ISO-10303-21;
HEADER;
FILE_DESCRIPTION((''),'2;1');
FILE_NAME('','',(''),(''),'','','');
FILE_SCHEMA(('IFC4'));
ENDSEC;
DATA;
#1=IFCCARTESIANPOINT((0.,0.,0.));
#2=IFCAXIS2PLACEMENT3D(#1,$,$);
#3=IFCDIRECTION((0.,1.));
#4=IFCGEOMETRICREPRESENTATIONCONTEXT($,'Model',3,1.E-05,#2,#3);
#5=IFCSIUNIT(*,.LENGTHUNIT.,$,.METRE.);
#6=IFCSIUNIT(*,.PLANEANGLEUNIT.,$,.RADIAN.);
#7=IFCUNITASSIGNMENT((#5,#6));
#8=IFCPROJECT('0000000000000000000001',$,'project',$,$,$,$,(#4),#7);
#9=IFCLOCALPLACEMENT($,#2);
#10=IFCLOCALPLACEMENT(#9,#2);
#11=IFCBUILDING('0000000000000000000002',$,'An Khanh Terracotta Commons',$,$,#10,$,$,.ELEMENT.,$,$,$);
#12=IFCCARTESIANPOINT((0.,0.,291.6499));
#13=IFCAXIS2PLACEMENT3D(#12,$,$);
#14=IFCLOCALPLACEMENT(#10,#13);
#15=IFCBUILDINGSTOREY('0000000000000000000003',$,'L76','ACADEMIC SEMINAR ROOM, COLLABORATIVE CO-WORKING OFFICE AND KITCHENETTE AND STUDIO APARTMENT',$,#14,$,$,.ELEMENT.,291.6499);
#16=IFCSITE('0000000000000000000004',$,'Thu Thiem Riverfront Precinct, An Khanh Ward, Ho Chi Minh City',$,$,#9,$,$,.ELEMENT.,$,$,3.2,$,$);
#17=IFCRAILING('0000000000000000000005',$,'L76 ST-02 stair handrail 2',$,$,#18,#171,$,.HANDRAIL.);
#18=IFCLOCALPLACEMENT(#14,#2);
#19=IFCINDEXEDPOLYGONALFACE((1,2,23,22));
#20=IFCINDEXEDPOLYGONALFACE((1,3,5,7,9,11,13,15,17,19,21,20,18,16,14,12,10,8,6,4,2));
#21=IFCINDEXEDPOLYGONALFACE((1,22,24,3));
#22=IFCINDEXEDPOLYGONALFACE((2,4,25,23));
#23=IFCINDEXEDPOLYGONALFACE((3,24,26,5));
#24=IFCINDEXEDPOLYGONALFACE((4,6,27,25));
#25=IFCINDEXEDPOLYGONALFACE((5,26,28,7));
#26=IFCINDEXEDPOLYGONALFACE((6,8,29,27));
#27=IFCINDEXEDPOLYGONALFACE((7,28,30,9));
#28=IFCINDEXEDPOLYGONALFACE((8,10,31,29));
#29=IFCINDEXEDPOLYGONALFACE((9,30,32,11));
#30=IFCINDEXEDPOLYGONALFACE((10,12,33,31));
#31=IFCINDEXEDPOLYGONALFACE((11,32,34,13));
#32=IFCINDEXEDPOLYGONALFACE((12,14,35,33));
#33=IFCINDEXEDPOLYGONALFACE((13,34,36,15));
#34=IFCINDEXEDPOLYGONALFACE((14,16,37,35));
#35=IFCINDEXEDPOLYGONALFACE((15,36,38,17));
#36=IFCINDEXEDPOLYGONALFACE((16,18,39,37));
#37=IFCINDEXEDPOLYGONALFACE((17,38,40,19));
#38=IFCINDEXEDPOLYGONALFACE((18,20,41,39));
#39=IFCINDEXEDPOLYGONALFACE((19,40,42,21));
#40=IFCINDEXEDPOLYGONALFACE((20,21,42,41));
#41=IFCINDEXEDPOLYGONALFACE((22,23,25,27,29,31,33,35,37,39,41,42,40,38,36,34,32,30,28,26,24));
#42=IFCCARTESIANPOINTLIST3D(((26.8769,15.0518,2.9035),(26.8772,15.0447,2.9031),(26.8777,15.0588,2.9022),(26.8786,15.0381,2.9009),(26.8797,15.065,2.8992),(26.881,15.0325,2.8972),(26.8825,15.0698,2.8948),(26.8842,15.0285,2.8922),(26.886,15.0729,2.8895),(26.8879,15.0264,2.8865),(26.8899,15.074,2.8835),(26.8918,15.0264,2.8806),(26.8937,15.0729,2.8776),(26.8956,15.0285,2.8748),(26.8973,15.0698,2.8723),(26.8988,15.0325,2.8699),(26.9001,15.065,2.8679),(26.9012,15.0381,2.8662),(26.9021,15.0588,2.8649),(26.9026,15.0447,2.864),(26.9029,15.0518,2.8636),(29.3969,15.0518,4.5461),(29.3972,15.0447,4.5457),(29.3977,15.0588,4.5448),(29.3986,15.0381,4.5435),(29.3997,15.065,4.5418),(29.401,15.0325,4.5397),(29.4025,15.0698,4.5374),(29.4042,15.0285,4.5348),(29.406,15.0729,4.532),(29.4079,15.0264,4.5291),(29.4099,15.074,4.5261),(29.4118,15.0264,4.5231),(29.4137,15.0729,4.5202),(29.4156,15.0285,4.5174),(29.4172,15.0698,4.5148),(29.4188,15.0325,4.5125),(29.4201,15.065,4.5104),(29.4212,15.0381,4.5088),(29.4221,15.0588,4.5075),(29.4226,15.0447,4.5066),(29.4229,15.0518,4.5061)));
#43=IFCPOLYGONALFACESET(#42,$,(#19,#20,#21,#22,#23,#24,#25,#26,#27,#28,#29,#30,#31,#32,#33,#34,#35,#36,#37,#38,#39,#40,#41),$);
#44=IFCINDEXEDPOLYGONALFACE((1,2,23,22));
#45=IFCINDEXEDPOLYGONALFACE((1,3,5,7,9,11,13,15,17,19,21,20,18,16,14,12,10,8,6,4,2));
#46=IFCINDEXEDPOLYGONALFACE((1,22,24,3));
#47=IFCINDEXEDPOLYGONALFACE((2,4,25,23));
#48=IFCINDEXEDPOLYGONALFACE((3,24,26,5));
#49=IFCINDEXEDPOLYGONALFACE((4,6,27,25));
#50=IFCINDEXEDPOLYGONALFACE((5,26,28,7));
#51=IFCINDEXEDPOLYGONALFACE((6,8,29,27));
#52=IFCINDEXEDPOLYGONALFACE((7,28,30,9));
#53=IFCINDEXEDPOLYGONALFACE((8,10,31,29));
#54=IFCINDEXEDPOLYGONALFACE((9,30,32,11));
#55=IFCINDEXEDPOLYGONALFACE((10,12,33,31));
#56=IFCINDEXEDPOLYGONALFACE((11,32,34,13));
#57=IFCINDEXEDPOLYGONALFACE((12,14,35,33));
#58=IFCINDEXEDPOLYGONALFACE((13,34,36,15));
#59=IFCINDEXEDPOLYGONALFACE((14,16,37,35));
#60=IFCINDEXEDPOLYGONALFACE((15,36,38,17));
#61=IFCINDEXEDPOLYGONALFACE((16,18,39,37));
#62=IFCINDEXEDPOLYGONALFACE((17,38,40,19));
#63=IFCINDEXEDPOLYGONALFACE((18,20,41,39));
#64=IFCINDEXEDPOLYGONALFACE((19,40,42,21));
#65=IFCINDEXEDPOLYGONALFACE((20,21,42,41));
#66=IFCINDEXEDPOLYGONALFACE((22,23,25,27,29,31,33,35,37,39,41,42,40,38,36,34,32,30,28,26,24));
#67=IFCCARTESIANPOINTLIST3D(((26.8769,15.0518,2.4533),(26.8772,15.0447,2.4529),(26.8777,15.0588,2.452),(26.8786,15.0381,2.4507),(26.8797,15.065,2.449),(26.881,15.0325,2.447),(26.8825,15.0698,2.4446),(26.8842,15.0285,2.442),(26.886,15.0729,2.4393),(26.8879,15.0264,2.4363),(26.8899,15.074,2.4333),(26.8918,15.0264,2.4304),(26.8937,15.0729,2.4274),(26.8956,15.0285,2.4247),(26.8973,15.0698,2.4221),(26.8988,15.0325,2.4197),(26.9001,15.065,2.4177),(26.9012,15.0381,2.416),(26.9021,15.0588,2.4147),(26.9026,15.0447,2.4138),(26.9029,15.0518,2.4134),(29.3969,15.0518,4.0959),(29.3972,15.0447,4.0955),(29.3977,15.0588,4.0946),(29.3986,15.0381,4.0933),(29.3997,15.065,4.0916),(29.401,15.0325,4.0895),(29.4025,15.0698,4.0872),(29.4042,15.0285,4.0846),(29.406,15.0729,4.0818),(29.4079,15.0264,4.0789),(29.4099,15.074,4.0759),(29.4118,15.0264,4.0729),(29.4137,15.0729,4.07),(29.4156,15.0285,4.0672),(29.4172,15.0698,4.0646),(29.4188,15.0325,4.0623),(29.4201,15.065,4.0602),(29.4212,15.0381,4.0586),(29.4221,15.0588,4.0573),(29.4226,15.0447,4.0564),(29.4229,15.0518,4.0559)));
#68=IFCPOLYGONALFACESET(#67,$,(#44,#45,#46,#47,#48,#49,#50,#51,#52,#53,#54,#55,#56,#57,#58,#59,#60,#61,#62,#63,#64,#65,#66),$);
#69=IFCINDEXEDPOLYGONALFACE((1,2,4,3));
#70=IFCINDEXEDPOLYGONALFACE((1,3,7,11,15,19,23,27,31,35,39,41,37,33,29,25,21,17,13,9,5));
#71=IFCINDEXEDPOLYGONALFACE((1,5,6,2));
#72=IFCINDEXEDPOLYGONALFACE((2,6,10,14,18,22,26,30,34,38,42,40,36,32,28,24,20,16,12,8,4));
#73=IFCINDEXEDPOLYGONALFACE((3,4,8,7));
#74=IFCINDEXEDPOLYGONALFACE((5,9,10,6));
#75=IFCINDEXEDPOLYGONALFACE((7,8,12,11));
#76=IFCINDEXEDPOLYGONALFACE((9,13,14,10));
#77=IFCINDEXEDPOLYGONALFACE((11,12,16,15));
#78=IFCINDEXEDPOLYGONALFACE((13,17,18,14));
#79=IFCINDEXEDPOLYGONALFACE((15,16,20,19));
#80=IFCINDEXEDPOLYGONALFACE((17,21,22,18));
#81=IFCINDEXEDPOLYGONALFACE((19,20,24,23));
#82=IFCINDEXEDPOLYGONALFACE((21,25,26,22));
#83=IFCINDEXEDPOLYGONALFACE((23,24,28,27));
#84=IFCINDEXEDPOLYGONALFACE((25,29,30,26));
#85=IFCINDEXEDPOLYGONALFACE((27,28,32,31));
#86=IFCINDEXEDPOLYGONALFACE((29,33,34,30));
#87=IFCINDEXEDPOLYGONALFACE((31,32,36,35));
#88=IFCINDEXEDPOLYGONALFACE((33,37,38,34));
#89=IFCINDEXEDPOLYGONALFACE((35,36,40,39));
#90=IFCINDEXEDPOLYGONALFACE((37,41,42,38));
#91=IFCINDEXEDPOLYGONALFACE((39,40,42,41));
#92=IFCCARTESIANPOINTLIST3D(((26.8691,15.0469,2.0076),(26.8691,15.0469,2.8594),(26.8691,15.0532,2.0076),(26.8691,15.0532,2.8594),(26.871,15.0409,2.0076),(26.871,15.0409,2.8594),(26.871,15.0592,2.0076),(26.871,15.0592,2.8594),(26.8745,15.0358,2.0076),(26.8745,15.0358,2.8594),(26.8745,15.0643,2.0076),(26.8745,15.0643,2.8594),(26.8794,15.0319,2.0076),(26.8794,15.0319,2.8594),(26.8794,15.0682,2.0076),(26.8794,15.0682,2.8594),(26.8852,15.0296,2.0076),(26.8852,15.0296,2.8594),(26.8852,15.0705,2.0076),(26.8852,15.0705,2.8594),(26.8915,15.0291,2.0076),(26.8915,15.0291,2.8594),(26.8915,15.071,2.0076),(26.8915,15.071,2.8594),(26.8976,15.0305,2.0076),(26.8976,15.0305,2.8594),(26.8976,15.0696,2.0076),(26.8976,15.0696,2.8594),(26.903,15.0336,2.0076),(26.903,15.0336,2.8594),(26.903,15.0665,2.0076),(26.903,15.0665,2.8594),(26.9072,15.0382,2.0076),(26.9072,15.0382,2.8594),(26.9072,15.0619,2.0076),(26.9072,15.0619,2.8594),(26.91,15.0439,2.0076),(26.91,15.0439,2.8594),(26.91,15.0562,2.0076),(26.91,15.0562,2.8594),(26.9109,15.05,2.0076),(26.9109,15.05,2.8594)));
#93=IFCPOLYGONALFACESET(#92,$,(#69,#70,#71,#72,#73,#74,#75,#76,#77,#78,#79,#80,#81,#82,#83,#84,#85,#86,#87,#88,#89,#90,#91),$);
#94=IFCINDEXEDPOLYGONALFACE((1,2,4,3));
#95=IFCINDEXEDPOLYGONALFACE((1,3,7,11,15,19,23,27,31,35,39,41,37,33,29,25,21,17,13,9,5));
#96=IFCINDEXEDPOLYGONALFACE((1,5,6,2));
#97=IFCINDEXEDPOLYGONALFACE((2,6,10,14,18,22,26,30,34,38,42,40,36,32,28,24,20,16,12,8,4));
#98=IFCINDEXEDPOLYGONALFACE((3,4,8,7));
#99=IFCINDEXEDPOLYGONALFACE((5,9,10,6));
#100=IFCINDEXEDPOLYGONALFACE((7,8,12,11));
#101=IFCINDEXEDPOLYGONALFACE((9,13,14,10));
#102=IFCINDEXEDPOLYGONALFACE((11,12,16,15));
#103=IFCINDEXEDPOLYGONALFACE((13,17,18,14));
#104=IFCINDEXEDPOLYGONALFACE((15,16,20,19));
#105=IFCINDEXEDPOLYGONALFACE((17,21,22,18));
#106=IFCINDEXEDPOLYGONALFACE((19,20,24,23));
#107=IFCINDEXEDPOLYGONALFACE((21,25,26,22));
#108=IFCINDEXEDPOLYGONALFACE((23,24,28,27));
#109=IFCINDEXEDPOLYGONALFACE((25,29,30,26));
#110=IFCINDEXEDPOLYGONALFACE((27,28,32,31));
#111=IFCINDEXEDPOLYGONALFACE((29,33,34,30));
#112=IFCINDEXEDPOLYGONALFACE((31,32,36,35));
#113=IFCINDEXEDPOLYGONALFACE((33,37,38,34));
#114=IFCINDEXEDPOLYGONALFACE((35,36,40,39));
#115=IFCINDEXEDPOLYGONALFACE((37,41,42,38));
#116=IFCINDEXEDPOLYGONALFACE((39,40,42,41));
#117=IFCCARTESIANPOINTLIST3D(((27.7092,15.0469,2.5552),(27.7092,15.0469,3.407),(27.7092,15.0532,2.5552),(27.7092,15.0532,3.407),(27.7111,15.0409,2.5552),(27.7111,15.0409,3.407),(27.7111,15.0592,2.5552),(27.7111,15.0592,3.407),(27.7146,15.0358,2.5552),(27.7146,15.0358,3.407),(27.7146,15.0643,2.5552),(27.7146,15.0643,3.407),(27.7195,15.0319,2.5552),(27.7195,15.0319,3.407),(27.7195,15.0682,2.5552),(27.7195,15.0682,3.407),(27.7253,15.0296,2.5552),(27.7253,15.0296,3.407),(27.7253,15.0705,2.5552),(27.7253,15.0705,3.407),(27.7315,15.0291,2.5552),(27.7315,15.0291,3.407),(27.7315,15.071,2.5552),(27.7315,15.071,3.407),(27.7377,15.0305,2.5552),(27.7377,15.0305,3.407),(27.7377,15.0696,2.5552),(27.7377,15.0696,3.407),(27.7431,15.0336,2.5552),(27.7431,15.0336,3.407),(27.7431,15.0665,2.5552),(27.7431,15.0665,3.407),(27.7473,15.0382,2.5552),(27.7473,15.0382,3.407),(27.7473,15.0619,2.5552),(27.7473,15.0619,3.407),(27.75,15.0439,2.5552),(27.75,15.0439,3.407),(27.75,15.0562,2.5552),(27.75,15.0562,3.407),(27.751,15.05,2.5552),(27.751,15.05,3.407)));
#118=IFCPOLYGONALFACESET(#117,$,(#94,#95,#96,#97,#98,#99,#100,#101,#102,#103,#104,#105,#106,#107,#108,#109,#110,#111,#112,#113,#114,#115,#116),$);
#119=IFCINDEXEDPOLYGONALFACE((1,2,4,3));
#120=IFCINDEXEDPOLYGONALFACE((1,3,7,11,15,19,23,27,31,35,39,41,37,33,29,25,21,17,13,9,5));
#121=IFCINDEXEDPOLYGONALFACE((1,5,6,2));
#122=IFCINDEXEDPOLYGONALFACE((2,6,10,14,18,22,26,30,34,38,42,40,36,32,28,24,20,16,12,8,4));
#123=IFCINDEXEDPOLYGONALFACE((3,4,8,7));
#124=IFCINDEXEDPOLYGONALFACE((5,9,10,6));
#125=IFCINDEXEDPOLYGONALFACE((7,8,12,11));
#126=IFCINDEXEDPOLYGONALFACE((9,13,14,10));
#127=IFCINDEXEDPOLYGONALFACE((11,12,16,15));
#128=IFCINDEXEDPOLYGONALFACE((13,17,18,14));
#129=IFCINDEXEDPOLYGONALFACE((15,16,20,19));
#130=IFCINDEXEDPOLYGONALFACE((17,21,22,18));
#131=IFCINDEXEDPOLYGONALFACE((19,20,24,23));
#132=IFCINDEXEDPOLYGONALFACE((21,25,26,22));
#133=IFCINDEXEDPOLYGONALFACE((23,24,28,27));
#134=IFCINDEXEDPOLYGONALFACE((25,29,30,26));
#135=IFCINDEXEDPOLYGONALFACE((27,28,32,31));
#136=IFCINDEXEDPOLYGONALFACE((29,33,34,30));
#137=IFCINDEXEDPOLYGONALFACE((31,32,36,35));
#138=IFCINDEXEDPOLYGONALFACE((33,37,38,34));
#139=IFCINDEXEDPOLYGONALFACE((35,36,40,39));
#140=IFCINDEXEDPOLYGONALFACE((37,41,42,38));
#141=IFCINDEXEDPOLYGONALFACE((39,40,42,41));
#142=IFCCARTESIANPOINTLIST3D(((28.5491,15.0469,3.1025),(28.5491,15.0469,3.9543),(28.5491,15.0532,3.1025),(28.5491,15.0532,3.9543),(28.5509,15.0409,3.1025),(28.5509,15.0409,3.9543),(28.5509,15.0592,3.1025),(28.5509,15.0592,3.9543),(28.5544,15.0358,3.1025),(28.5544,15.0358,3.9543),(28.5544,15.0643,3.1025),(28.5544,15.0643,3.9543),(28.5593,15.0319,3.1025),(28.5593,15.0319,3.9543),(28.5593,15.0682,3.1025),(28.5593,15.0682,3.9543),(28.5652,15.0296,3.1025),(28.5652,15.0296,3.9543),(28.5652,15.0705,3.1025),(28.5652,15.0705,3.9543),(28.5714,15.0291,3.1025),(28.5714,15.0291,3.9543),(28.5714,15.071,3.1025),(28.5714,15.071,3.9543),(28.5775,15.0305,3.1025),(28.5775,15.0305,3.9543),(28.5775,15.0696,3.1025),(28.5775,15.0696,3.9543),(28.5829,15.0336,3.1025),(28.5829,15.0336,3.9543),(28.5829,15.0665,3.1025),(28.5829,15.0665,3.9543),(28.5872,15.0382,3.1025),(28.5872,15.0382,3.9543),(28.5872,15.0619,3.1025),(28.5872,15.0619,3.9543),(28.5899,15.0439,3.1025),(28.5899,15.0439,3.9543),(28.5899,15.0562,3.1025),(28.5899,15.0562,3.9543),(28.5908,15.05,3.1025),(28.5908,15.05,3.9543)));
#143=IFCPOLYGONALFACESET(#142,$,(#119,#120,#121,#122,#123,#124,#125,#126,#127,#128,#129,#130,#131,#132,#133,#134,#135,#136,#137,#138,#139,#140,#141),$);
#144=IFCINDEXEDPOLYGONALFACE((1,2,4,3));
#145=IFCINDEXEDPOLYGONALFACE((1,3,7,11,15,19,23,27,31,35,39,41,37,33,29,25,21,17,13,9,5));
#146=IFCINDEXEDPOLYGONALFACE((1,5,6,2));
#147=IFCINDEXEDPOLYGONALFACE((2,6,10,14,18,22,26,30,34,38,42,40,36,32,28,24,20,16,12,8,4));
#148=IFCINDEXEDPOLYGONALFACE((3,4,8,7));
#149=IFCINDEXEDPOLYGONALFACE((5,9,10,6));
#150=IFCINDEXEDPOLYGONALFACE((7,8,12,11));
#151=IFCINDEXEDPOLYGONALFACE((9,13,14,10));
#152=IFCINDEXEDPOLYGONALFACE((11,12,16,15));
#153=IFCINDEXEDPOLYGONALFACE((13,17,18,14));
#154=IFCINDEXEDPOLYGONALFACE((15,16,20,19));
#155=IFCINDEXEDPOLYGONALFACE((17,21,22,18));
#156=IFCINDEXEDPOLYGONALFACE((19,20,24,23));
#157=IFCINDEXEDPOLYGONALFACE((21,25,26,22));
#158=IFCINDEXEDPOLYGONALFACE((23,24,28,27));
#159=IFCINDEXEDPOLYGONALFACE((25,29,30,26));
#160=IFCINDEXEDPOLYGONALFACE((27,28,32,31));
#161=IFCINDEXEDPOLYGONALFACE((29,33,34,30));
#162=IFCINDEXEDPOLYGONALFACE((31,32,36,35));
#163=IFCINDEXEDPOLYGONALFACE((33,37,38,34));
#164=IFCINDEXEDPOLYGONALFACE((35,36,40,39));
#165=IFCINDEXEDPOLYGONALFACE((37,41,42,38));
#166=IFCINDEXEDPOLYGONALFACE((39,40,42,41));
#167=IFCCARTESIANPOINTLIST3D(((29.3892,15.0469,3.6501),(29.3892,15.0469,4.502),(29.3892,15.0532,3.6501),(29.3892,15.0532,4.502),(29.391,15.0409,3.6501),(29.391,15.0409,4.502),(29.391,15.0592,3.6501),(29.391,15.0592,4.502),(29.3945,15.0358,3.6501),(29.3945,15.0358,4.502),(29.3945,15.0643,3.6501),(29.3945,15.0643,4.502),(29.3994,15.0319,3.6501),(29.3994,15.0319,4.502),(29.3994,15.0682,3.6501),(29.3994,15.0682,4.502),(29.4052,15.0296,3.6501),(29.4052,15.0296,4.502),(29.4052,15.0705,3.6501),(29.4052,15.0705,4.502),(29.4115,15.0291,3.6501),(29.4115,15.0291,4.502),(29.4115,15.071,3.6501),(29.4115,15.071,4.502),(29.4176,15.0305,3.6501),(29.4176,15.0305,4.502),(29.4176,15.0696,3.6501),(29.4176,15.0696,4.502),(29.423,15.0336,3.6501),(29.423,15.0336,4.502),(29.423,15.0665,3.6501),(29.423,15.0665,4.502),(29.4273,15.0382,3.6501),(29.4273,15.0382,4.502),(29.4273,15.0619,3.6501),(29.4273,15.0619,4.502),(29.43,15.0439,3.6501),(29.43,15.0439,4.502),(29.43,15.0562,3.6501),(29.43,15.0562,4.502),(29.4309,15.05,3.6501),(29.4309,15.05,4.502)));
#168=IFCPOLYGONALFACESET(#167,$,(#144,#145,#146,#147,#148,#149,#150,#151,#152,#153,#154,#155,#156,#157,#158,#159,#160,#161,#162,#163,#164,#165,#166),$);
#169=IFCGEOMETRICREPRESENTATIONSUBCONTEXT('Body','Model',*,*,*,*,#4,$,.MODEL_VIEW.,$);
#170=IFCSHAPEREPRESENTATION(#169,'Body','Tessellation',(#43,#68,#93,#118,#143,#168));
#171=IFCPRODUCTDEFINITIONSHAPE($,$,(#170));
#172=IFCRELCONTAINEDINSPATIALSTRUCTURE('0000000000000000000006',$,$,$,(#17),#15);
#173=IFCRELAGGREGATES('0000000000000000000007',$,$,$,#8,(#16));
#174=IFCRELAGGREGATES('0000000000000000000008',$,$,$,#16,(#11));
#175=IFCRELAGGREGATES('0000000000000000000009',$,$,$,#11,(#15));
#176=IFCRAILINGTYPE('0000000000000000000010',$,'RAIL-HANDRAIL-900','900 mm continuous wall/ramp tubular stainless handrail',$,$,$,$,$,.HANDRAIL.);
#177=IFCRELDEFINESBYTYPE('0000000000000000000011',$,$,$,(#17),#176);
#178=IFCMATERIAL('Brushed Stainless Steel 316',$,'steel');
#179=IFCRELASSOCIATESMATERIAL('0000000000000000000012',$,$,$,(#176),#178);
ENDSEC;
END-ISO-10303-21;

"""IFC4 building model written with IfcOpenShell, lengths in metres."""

from ifc_helpers import new_model, si_unit, direction, frame, origin, origin_2d, place, context, subcontext, project, spatial, circle, extrude, material, type_object, element, save


model = new_model("IFC4")

# Units and contexts
model_context = context("Model", 3, precision=1e-05, world=origin(), true_north=direction((0.0, 1.0)))
body_context = subcontext(model_context, "Body", "Model", "MODEL_VIEW")
ifc_project = project(units=[si_unit("LENGTHUNIT", "METRE"), si_unit("PLANEANGLEUNIT", "RADIAN")], contexts=[model_context])

# Site, building, storey
site_placement = place(None, origin())
site = spatial("IfcSite", under=ifc_project, at=site_placement, Name="Thu Thiem Riverfront Precinct, An Khanh Ward, Ho Chi Minh City", CompositionType="ELEMENT", RefElevation=3.2)
building_placement = place(site_placement, origin())
building = spatial("IfcBuilding", under=site, at=building_placement, Name="An Khanh Terracotta Commons", CompositionType="ELEMENT")
storey_placement = place(building_placement, frame((0.0, 0.0, 291.6499)))
storey = spatial("IfcBuildingStorey", under=building, at=storey_placement, Name="L76", Description="ACADEMIC SEMINAR ROOM, COLLABORATIVE CO-WORKING OFFICE AND KITCHENETTE AND STUDIO APARTMENT", CompositionType="ELEMENT", Elevation=291.6499)

# Railing
ifc_material_1 = material(Name="Brushed Stainless Steel 316", Category="steel")
railing_type_1 = type_object("IfcRailingType", Name="RAIL-HANDRAIL-900", Description="900 mm continuous wall/ramp tubular stainless handrail", PredefinedType="HANDRAIL", material=ifc_material_1)
railing_1_placement = place(storey_placement, frame((26.8899, 15.05, 2.0076)))
element("IfcRailing", 1, at=railing_1_placement, inside=storey, type_object=railing_type_1, Name="L76 ST-02 stair handrail 2", PredefinedType="HANDRAIL", context=body_context, shape_type="SweptSolid", body=[
    extrude(circle(Radius=0.0239, at=origin_2d()), frame((0.0, 0.0, 0.876), z_axis=(0.837749, 0.0, 0.546055), x_axis=(0.0, 1.0, 0.0)), (0.0, 0.0, 1.0), 3.0081),
    extrude(circle(Radius=0.0239, at=origin_2d()), frame((0.0, 0.0, 0.4258), z_axis=(0.837749, 0.0, 0.546055), x_axis=(0.0, 1.0, 0.0)), (0.0, 0.0, 1.0), 3.0081),
    extrude(circle(Radius=0.021, at=origin_2d()), origin(), (0.0, 0.0, 1.0), 0.8518),
    extrude(circle(Radius=0.021, at=origin_2d()), frame((0.8401, 0.0, 0.5476)), (0.0, 0.0, 1.0), 0.8518),
    extrude(circle(Radius=0.021, at=origin_2d()), frame((1.6799, 0.0, 1.095)), (0.0, 0.0, 1.0), 0.8518),
    extrude(circle(Radius=0.021, at=origin_2d()), frame((2.52, 0.0, 1.6426)), (0.0, 0.0, 1.0), 0.8518),
])

save(model, "model.ifc")
